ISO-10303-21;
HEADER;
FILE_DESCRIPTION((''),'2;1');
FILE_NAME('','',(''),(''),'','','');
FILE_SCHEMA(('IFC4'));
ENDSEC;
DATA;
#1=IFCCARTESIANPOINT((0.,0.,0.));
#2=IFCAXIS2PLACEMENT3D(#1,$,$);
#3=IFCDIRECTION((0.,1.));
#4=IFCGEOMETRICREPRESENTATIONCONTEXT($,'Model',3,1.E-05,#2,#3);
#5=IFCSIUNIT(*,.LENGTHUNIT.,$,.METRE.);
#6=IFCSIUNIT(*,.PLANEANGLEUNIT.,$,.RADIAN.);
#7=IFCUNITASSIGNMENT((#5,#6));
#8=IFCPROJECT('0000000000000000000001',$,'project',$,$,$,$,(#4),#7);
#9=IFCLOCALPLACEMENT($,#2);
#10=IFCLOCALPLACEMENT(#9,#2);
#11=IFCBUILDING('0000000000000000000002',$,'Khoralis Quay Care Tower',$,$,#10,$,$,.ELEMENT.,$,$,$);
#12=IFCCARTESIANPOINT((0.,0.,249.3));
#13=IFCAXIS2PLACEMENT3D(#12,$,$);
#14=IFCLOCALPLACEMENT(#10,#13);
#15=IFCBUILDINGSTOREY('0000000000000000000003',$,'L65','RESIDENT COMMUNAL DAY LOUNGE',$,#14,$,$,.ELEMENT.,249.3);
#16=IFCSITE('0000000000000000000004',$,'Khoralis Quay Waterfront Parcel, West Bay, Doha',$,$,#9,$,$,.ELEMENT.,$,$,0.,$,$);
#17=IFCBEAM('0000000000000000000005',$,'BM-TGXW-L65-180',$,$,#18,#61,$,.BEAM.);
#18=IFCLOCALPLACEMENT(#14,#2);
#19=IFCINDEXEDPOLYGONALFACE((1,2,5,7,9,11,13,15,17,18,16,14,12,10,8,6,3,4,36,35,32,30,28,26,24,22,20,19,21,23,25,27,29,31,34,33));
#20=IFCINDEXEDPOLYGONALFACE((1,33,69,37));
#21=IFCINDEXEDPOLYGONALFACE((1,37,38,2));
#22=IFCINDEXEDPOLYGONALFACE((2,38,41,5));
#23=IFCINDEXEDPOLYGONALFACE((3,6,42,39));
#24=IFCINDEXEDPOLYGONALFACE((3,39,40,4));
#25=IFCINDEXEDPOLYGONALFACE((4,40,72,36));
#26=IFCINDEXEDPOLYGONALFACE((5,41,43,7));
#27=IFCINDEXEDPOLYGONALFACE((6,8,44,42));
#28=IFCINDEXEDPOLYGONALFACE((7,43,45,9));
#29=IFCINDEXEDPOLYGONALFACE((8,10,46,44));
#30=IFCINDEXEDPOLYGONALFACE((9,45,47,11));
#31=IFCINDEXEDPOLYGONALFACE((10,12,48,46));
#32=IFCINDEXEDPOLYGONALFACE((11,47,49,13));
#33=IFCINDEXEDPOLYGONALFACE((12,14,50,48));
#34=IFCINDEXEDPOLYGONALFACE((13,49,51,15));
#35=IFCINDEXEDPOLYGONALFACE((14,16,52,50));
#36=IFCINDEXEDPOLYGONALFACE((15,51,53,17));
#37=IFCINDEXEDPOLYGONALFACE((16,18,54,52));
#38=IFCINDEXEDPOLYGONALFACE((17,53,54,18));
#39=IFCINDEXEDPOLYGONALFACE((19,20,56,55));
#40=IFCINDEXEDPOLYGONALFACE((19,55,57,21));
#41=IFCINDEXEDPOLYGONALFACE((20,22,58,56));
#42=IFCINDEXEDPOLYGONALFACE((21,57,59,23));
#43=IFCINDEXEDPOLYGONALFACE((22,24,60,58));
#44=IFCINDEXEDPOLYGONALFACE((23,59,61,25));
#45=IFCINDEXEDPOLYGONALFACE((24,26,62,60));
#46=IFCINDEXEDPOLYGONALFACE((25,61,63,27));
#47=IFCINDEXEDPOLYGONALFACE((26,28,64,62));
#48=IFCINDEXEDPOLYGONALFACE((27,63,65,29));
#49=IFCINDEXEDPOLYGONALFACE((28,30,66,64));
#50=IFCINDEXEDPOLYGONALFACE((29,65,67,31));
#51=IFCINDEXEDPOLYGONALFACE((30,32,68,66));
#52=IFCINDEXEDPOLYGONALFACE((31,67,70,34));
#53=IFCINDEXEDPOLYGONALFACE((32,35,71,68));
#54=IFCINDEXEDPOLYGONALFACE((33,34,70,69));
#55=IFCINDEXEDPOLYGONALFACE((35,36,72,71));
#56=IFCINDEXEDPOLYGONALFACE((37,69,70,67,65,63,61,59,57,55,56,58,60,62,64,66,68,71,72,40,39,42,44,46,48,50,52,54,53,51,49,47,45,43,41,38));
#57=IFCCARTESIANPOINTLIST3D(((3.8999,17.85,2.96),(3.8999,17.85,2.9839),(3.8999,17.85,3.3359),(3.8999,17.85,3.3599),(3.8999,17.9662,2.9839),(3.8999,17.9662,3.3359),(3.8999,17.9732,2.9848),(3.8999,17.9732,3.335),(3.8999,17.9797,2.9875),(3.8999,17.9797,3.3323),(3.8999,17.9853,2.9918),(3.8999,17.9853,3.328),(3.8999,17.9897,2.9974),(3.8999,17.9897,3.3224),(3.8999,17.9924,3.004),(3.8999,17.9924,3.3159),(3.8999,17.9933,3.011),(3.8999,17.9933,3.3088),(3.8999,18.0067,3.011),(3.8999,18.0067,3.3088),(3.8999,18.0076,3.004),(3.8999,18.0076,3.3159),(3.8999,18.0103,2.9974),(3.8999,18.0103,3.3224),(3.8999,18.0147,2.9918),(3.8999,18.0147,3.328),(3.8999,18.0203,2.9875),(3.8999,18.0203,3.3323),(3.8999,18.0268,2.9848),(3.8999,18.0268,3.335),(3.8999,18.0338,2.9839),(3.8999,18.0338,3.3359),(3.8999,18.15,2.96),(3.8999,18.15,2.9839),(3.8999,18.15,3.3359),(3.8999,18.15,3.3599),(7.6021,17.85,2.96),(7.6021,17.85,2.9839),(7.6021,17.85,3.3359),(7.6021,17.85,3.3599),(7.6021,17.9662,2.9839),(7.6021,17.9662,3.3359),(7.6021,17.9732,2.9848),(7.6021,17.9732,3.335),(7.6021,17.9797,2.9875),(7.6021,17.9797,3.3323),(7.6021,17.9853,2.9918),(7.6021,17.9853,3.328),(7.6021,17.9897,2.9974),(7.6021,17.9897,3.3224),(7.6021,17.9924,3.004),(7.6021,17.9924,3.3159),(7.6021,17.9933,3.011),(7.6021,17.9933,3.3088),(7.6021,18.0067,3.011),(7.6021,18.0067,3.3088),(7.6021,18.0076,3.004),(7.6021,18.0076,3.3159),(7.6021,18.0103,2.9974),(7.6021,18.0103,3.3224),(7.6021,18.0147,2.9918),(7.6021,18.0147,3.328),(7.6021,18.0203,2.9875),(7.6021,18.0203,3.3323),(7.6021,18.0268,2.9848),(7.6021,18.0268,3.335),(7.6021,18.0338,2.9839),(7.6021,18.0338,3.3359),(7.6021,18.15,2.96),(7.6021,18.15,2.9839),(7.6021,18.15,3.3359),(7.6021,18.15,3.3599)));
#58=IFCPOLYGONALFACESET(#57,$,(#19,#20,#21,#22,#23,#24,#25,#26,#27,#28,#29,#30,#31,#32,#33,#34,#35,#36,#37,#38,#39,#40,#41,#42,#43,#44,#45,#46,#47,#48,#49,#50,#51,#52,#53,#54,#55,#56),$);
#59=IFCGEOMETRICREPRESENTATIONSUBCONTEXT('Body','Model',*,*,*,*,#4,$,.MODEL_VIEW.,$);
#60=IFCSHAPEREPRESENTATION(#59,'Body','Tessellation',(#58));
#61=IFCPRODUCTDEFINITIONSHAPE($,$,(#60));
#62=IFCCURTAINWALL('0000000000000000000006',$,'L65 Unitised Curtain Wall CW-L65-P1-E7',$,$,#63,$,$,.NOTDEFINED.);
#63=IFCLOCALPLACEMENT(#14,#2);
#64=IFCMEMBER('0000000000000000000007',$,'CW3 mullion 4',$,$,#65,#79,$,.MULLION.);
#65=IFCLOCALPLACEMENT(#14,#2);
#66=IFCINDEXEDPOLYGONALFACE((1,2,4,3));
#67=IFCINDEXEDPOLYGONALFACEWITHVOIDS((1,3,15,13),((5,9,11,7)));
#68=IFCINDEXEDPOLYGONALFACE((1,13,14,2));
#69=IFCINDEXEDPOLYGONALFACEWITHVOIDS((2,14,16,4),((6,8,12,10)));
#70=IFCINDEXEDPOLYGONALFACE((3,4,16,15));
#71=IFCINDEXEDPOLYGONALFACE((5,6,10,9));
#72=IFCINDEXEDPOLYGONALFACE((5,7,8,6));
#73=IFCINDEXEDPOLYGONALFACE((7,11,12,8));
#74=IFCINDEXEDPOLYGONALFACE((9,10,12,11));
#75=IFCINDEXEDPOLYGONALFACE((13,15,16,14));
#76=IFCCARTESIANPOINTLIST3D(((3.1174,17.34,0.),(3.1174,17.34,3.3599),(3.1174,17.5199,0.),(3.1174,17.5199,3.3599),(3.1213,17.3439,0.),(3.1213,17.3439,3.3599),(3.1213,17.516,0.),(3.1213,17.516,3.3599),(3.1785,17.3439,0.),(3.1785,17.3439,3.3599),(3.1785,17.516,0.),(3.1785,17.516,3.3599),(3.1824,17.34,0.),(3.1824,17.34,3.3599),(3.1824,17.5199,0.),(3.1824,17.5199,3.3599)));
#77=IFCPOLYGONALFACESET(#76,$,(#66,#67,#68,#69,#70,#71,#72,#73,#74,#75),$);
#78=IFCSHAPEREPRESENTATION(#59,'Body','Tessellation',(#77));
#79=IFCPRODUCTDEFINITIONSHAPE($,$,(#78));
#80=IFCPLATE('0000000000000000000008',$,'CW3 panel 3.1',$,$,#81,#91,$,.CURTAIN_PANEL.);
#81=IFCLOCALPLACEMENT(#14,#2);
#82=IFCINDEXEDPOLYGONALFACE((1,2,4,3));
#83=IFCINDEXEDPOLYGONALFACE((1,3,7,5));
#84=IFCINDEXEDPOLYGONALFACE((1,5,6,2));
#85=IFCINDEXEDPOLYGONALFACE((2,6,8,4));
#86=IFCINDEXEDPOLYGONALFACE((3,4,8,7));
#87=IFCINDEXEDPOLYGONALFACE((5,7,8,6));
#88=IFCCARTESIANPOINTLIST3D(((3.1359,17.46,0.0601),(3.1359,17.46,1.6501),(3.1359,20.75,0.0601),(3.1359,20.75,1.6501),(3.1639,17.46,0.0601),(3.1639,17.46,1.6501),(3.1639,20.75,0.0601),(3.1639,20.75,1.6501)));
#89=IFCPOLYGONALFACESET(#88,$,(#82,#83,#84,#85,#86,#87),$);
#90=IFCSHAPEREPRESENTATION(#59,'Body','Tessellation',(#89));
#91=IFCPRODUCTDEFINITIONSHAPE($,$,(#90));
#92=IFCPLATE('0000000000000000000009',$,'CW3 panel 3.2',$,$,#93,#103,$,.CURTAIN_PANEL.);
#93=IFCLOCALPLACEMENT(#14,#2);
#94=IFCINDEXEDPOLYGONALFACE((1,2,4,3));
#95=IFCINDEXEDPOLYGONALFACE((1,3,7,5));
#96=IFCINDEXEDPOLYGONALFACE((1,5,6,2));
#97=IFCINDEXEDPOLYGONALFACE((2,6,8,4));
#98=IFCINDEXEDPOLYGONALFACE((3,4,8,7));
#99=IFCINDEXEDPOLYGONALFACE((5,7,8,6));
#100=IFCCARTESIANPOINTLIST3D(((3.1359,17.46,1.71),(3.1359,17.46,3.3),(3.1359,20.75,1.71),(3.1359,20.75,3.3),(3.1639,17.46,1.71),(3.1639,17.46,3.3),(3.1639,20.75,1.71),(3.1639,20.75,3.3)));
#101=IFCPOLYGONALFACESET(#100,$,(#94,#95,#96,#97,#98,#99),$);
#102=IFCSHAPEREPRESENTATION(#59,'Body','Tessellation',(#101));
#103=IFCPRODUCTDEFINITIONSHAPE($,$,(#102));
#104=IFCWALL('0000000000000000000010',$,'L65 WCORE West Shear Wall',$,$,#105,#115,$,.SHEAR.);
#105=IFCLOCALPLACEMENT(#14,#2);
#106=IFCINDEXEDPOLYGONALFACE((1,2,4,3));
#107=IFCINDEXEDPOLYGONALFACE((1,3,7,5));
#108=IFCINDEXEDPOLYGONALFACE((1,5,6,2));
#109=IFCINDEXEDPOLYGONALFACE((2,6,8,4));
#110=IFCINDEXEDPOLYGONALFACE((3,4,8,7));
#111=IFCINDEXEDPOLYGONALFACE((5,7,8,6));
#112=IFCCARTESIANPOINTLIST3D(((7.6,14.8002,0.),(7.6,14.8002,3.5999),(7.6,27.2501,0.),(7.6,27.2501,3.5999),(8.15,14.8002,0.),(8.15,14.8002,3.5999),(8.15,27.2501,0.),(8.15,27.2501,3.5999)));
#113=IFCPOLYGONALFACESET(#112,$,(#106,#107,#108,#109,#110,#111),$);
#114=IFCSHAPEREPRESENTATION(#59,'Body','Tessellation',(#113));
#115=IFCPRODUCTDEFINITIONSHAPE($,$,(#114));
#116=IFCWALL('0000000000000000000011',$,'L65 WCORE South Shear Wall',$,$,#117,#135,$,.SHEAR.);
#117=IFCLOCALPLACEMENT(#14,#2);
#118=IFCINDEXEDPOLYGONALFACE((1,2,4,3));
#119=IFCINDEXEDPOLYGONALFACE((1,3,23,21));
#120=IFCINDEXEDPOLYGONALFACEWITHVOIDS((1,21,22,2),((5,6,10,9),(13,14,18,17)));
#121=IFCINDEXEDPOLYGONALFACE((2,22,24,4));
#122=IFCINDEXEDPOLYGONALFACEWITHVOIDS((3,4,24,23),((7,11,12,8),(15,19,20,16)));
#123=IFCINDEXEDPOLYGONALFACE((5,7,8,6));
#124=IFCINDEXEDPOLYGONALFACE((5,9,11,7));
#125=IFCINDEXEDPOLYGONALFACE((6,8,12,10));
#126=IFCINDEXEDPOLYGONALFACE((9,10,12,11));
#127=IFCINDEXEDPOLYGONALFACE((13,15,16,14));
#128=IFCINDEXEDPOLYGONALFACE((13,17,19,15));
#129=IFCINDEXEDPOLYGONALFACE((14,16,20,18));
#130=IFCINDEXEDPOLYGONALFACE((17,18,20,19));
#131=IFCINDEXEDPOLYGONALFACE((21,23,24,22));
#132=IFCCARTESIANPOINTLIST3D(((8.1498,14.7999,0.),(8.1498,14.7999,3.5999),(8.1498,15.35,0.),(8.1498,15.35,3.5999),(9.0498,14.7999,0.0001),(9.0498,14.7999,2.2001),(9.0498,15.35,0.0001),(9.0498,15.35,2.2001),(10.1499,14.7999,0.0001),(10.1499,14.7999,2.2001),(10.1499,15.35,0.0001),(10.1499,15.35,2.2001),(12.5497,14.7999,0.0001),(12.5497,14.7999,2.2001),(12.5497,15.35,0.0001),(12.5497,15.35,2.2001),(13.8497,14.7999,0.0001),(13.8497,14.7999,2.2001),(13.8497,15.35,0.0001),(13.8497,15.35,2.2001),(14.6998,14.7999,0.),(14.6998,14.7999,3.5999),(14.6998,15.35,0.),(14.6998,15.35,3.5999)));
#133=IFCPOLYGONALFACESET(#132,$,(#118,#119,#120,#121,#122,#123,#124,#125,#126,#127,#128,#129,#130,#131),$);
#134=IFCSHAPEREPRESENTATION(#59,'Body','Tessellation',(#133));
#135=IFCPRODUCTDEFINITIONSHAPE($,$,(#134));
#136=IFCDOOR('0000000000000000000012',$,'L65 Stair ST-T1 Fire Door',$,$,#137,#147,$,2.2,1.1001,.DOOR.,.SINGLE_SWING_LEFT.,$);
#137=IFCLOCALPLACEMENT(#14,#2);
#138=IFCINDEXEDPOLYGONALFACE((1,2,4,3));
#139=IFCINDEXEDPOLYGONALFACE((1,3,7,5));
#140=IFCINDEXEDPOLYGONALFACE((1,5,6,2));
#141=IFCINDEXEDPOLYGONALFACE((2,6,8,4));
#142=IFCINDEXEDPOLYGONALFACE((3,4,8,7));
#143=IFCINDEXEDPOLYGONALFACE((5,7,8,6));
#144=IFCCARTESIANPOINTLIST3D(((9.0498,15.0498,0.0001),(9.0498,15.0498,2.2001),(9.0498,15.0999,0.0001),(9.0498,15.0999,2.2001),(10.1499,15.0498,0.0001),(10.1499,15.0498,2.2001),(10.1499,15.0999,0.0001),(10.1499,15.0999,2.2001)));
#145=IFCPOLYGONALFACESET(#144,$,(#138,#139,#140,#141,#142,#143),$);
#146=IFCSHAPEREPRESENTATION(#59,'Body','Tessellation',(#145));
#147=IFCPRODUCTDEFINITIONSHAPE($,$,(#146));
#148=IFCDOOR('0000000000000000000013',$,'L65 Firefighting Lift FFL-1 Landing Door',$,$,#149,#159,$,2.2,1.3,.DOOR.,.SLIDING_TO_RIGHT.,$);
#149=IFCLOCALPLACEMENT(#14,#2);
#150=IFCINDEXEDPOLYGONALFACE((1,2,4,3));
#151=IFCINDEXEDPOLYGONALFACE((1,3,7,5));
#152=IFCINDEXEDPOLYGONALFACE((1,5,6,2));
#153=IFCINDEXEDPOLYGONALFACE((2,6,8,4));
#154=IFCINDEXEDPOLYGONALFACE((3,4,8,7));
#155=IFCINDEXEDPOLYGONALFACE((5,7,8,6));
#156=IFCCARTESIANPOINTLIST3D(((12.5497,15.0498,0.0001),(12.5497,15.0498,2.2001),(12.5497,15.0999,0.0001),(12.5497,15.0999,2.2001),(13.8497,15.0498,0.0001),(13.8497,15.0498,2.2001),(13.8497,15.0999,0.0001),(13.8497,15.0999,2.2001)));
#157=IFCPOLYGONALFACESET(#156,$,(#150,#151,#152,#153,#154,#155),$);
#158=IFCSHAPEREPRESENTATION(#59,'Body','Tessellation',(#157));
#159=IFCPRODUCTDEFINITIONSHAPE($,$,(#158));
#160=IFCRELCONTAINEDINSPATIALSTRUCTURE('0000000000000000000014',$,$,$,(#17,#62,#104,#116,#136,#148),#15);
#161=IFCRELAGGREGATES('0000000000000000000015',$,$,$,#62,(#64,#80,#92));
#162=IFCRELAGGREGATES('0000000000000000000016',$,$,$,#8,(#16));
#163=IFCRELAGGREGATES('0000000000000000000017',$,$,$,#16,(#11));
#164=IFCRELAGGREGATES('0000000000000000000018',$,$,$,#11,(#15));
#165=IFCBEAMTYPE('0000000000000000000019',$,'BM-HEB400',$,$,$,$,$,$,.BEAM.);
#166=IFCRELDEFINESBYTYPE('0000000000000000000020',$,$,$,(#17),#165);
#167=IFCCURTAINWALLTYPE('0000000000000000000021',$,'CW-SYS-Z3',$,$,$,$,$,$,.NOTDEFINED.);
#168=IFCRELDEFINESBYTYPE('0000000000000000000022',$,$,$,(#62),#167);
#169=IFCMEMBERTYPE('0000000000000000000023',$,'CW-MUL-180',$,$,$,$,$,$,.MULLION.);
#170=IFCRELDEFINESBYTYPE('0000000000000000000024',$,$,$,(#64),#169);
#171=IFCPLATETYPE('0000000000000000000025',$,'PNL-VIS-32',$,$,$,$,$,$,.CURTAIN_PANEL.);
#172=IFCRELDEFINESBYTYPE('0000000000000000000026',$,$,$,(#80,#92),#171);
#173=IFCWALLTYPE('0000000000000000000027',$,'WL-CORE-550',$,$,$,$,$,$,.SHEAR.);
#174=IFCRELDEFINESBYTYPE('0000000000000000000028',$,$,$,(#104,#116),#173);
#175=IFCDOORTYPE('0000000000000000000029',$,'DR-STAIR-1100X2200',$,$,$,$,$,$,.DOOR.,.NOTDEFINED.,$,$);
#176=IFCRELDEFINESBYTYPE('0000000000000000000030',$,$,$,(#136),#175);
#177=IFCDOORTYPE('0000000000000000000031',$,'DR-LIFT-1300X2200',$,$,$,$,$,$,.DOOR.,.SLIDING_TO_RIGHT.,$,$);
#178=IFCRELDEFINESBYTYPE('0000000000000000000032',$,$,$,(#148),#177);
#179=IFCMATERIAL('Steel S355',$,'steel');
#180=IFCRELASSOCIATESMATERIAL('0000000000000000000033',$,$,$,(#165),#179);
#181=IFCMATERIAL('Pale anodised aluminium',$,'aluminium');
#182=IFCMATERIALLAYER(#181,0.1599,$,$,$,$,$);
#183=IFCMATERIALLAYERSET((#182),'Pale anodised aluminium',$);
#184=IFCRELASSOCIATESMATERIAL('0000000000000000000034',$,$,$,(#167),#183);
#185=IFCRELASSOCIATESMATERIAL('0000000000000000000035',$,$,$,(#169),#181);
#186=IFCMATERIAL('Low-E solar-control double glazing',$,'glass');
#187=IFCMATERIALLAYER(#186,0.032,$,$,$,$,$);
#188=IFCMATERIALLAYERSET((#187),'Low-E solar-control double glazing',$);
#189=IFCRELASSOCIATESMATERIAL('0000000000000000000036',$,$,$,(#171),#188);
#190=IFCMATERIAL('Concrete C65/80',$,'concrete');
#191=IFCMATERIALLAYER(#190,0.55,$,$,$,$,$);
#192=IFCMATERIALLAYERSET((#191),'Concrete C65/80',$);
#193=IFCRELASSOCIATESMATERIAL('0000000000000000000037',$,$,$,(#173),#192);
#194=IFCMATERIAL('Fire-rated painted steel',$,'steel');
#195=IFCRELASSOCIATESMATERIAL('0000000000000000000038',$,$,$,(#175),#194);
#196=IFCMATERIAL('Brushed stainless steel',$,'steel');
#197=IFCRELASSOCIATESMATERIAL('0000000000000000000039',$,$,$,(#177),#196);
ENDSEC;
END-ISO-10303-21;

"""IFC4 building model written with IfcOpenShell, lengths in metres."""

from ifc_helpers import new_model, si_unit, direction, frame, frame_2d, origin, origin_2d, place, context, subcontext, project, spatial, rectangle, hollow_rectangle, i_section, extrude, source, transform, mapped, material, layer, layer_set, material_profile, profile_set, type_object, element, fill, aggregate, save


model = new_model("IFC4")

# Units and contexts
model_context = context("Model", 3, precision=1e-05, world=origin(), true_north=direction((0.0, 1.0)))
body_context = subcontext(model_context, "Body", "Model", "MODEL_VIEW")
ifc_project = project(units=[si_unit("LENGTHUNIT", "METRE"), si_unit("PLANEANGLEUNIT", "RADIAN")], contexts=[model_context])

# Site, building, storey
site_placement = place(None, origin())
site = spatial("IfcSite", under=ifc_project, at=site_placement, Name="Khoralis Quay Waterfront Parcel, West Bay, Doha", CompositionType="ELEMENT", RefElevation=0.0)
building_placement = place(site_placement, origin())
building = spatial("IfcBuilding", under=site, at=building_placement, Name="Khoralis Quay Care Tower", CompositionType="ELEMENT")
storey_placement = place(building_placement, frame((0.0, 0.0, 249.3)))
storey = spatial("IfcBuildingStorey", under=building, at=storey_placement, Name="L65", Description="RESIDENT COMMUNAL DAY LOUNGE", CompositionType="ELEMENT", Elevation=249.3)

# Beam
ifc_material_1 = material(Name="Steel S355", Category="steel")
ifc_material_profile_1 = material_profile(ifc_material_1, i_section(OverallWidth=0.3, OverallDepth=0.3999, WebThickness=0.0134, FlangeThickness=0.0239, FilletRadius=0.0271, at=origin_2d()), Name="Steel S355")
ifc_profile_set_1 = profile_set([ifc_material_profile_1], Name="Steel S355")
beam_type_1 = type_object("IfcBeamType", Name="BM-HEB400", PredefinedType="BEAM", material=ifc_profile_set_1)
shared_shape_1 = source(origin(), body_context, "Body", "SweptSolid", [
    extrude(i_section(OverallWidth=0.3, OverallDepth=0.3999, WebThickness=0.0134, FlangeThickness=0.0239, FilletRadius=0.0271, at=origin_2d()), origin(), (0.0, 0.0, 1.0), 3.7021),
])
beam_1_placement = place(storey_placement, frame((3.8999, 18.0, 3.1599), z_axis=(1.0, 0.0, 0.0), x_axis=(0.0, 1.0, 0.0)))
element("IfcBeam", 1, at=beam_1_placement, inside=storey, type_object=beam_type_1, Name="BM-TGXW-L65-180", PredefinedType="BEAM", context=body_context, shape_type="MappedRepresentation", body=[
    mapped(shared_shape_1, transform((0.0, 0.0, 0.0), scale=1.0)),
])

# Curtain wall, member, plates
ifc_material_2 = material(Name="Pale anodised aluminium", Category="aluminium")
ifc_layer_1 = layer(ifc_material_2, 0.1599)
ifc_layer_set_1 = layer_set([ifc_layer_1], Name="Pale anodised aluminium")
curtain_wall_type = type_object("IfcCurtainWallType", Name="CW-SYS-Z3", PredefinedType="NOTDEFINED", material=ifc_layer_set_1)
curtain_wall_placement = place(storey_placement, origin())
curtain_wall = element("IfcCurtainWall", 2, at=curtain_wall_placement, inside=storey, type_object=curtain_wall_type, Name="L65 Unitised Curtain Wall CW-L65-P1-E7", PredefinedType="NOTDEFINED")
ifc_material_profile_2 = material_profile(ifc_material_2, hollow_rectangle(XDim=0.0649, YDim=0.1799, WallThickness=0.0039, at=origin_2d()), Name="Pale anodised aluminium")
ifc_profile_set_2 = profile_set([ifc_material_profile_2], Name="Pale anodised aluminium")
member_type = type_object("IfcMemberType", Name="CW-MUL-180", PredefinedType="MULLION", material=ifc_profile_set_2)
shared_shape_2 = source(origin(), body_context, "Body", "SweptSolid", [
    extrude(hollow_rectangle(XDim=0.0649, YDim=0.1799, WallThickness=0.0039, at=origin_2d()), origin(), (0.0, 0.0, 1.0), 3.3599),
])
member_placement = place(storey_placement, frame((3.1499, 17.4299, 0.0), z_axis=(0.0, 0.0, 1.0), x_axis=(1.0, 0.0, 0.0)))
member = element("IfcMember", 3, at=member_placement, type_object=member_type, Name="CW3 mullion 4", PredefinedType="MULLION", context=body_context, shape_type="MappedRepresentation", body=[
    mapped(shared_shape_2, transform((0.0, 0.0, 0.0), scale=1.0)),
])
ifc_material_3 = material(Name="Low-E solar-control double glazing", Category="glass")
ifc_layer_2 = layer(ifc_material_3, 0.032)
ifc_layer_set_2 = layer_set([ifc_layer_2], Name="Low-E solar-control double glazing")
plate_type = type_object("IfcPlateType", Name="PNL-VIS-32", PredefinedType="CURTAIN_PANEL", material=ifc_layer_set_2)
shared_shape_3 = source(origin(), body_context, "Body", "SweptSolid", [
    extrude(rectangle(XDim=3.29, YDim=0.0281, at=origin_2d()), origin(), (0.0, 0.0, 1.0), 1.5901),
])
plate_1_placement = place(storey_placement, frame((3.1499, 19.105, 0.0601), z_axis=(0.0, 0.0, 1.0), x_axis=(0.0, -1.0, 0.0)))
plate_1 = element("IfcPlate", 4, at=plate_1_placement, type_object=plate_type, Name="CW3 panel 3.1", PredefinedType="CURTAIN_PANEL", context=body_context, shape_type="MappedRepresentation", body=[
    mapped(shared_shape_3, transform((0.0, 0.0, 0.0), scale=1.0)),
])
plate_2_placement = place(storey_placement, frame((3.1499, 19.105, 1.71), z_axis=(0.0, 0.0, 1.0), x_axis=(0.0, -1.0, 0.0)))
plate_2 = element("IfcPlate", 5, at=plate_2_placement, type_object=plate_type, Name="CW3 panel 3.2", PredefinedType="CURTAIN_PANEL", context=body_context, shape_type="MappedRepresentation", body=[
    mapped(shared_shape_3, transform((0.0, 0.0, 0.0), scale=1.0)),
])
aggregate(curtain_wall, [member, plate_1, plate_2])

# Wall
ifc_material_4 = material(Name="Concrete C65/80", Category="concrete")
ifc_layer_3 = layer(ifc_material_4, 0.55)
ifc_layer_set_3 = layer_set([ifc_layer_3], Name="Concrete C65/80")
wall_type_1 = type_object("IfcWallType", Name="WL-CORE-550", PredefinedType="SHEAR", material=ifc_layer_set_3)
wall_1_placement = place(storey_placement, frame((7.875, 14.8, 0.0), z_axis=(0.0, 0.0, 1.0), x_axis=(0.0, 1.0, 0.0)))
element("IfcWall", 6, at=wall_1_placement, inside=storey, type_object=wall_type_1, Name="L65 WCORE West Shear Wall", PredefinedType="SHEAR", context=body_context, shape_type="SweptSolid", body=[
    extrude(rectangle(XDim=12.45, YDim=0.55, at=frame_2d((6.2251, 0.0))), origin(), (0.0, 0.0, 1.0), 3.5999),
])

# Wall, openings, doors
wall_2_placement = place(storey_placement, frame((8.1499, 15.075, 0.0), z_axis=(0.0, 0.0, 1.0), x_axis=(1.0, 0.0, 0.0)))
wall_2 = element("IfcWall", 7, at=wall_2_placement, inside=storey, type_object=wall_type_1, Name="L65 WCORE South Shear Wall", PredefinedType="SHEAR", context=body_context, shape_type="SweptSolid", body=[
    extrude(rectangle(XDim=6.55, YDim=0.55, at=frame_2d((3.2749, 0.0))), origin(), (0.0, 0.0, 1.0), 3.5999),
])
opening_1_placement = place(wall_2_placement, frame((0.8999, 0.0, 0.0)))
opening_1 = element("IfcOpeningElement", 8, at=opening_1_placement, cuts=wall_2, PredefinedType="OPENING", context=body_context, shape_type="SweptSolid", body=[
    extrude(rectangle(XDim=1.1001, YDim=2.2, at=frame_2d((0.55, 1.1001))), frame((0.0, 0.2852, 0.0), z_axis=(0.0, -1.0, 0.0), x_axis=(1.0, 0.0, 0.0)), (0.0, 0.0, 1.0), 0.5701),
])
opening_2_placement = place(wall_2_placement, frame((4.3999, 0.0, 0.0)))
opening_2 = element("IfcOpeningElement", 9, at=opening_2_placement, cuts=wall_2, PredefinedType="OPENING", context=body_context, shape_type="SweptSolid", body=[
    extrude(rectangle(XDim=1.3, YDim=2.2, at=frame_2d((0.6499, 1.1001))), frame((0.0, 0.2852, 0.0), z_axis=(0.0, -1.0, 0.0), x_axis=(1.0, 0.0, 0.0)), (0.0, 0.0, 1.0), 0.5701),
])
ifc_material_5 = material(Name="Fire-rated painted steel", Category="steel")
door_type_1 = type_object("IfcDoorType", Name="DR-STAIR-1100X2200", OperationType="NOTDEFINED", PredefinedType="DOOR", material=ifc_material_5)
shared_shape_4 = source(origin(), body_context, "Body", "SweptSolid", [
    extrude(rectangle(XDim=1.1001, YDim=2.2, at=frame_2d((0.55, 1.1001))), frame((0.0, 0.0249, 0.0), z_axis=(0.0, -1.0, 0.0), x_axis=(1.0, 0.0, 0.0)), (0.0, 0.0, 1.0), 0.05),
])
door_1_placement = place(opening_1_placement, origin())
door_1 = element("IfcDoor", 10, at=door_1_placement, inside=storey, type_object=door_type_1, Name="L65 Stair ST-T1 Fire Door", OperationType="SINGLE_SWING_LEFT", OverallHeight=2.2, OverallWidth=1.1001, PredefinedType="DOOR", context=body_context, shape_type="MappedRepresentation", body=[
    mapped(shared_shape_4, transform((0.0, 0.0, 0.0), scale=1.0)),
])
fill(opening_1, door_1)
ifc_material_6 = material(Name="Brushed stainless steel", Category="steel")
door_type_2 = type_object("IfcDoorType", Name="DR-LIFT-1300X2200", OperationType="SLIDING_TO_RIGHT", PredefinedType="DOOR", material=ifc_material_6)
shared_shape_5 = source(origin(), body_context, "Body", "SweptSolid", [
    extrude(rectangle(XDim=1.3, YDim=2.2, at=frame_2d((0.6499, 1.1001))), frame((0.0, 0.0249, 0.0), z_axis=(0.0, -1.0, 0.0), x_axis=(1.0, 0.0, 0.0)), (0.0, 0.0, 1.0), 0.05),
])
door_2_placement = place(opening_2_placement, origin())
door_2 = element("IfcDoor", 11, at=door_2_placement, inside=storey, type_object=door_type_2, Name="L65 Firefighting Lift FFL-1 Landing Door", OperationType="SLIDING_TO_RIGHT", OverallHeight=2.2, OverallWidth=1.3, PredefinedType="DOOR", context=body_context, shape_type="MappedRepresentation", body=[
    mapped(shared_shape_5, transform((0.0, 0.0, 0.0), scale=1.0)),
])
fill(opening_2, door_2)

save(model, "model.ifc")
